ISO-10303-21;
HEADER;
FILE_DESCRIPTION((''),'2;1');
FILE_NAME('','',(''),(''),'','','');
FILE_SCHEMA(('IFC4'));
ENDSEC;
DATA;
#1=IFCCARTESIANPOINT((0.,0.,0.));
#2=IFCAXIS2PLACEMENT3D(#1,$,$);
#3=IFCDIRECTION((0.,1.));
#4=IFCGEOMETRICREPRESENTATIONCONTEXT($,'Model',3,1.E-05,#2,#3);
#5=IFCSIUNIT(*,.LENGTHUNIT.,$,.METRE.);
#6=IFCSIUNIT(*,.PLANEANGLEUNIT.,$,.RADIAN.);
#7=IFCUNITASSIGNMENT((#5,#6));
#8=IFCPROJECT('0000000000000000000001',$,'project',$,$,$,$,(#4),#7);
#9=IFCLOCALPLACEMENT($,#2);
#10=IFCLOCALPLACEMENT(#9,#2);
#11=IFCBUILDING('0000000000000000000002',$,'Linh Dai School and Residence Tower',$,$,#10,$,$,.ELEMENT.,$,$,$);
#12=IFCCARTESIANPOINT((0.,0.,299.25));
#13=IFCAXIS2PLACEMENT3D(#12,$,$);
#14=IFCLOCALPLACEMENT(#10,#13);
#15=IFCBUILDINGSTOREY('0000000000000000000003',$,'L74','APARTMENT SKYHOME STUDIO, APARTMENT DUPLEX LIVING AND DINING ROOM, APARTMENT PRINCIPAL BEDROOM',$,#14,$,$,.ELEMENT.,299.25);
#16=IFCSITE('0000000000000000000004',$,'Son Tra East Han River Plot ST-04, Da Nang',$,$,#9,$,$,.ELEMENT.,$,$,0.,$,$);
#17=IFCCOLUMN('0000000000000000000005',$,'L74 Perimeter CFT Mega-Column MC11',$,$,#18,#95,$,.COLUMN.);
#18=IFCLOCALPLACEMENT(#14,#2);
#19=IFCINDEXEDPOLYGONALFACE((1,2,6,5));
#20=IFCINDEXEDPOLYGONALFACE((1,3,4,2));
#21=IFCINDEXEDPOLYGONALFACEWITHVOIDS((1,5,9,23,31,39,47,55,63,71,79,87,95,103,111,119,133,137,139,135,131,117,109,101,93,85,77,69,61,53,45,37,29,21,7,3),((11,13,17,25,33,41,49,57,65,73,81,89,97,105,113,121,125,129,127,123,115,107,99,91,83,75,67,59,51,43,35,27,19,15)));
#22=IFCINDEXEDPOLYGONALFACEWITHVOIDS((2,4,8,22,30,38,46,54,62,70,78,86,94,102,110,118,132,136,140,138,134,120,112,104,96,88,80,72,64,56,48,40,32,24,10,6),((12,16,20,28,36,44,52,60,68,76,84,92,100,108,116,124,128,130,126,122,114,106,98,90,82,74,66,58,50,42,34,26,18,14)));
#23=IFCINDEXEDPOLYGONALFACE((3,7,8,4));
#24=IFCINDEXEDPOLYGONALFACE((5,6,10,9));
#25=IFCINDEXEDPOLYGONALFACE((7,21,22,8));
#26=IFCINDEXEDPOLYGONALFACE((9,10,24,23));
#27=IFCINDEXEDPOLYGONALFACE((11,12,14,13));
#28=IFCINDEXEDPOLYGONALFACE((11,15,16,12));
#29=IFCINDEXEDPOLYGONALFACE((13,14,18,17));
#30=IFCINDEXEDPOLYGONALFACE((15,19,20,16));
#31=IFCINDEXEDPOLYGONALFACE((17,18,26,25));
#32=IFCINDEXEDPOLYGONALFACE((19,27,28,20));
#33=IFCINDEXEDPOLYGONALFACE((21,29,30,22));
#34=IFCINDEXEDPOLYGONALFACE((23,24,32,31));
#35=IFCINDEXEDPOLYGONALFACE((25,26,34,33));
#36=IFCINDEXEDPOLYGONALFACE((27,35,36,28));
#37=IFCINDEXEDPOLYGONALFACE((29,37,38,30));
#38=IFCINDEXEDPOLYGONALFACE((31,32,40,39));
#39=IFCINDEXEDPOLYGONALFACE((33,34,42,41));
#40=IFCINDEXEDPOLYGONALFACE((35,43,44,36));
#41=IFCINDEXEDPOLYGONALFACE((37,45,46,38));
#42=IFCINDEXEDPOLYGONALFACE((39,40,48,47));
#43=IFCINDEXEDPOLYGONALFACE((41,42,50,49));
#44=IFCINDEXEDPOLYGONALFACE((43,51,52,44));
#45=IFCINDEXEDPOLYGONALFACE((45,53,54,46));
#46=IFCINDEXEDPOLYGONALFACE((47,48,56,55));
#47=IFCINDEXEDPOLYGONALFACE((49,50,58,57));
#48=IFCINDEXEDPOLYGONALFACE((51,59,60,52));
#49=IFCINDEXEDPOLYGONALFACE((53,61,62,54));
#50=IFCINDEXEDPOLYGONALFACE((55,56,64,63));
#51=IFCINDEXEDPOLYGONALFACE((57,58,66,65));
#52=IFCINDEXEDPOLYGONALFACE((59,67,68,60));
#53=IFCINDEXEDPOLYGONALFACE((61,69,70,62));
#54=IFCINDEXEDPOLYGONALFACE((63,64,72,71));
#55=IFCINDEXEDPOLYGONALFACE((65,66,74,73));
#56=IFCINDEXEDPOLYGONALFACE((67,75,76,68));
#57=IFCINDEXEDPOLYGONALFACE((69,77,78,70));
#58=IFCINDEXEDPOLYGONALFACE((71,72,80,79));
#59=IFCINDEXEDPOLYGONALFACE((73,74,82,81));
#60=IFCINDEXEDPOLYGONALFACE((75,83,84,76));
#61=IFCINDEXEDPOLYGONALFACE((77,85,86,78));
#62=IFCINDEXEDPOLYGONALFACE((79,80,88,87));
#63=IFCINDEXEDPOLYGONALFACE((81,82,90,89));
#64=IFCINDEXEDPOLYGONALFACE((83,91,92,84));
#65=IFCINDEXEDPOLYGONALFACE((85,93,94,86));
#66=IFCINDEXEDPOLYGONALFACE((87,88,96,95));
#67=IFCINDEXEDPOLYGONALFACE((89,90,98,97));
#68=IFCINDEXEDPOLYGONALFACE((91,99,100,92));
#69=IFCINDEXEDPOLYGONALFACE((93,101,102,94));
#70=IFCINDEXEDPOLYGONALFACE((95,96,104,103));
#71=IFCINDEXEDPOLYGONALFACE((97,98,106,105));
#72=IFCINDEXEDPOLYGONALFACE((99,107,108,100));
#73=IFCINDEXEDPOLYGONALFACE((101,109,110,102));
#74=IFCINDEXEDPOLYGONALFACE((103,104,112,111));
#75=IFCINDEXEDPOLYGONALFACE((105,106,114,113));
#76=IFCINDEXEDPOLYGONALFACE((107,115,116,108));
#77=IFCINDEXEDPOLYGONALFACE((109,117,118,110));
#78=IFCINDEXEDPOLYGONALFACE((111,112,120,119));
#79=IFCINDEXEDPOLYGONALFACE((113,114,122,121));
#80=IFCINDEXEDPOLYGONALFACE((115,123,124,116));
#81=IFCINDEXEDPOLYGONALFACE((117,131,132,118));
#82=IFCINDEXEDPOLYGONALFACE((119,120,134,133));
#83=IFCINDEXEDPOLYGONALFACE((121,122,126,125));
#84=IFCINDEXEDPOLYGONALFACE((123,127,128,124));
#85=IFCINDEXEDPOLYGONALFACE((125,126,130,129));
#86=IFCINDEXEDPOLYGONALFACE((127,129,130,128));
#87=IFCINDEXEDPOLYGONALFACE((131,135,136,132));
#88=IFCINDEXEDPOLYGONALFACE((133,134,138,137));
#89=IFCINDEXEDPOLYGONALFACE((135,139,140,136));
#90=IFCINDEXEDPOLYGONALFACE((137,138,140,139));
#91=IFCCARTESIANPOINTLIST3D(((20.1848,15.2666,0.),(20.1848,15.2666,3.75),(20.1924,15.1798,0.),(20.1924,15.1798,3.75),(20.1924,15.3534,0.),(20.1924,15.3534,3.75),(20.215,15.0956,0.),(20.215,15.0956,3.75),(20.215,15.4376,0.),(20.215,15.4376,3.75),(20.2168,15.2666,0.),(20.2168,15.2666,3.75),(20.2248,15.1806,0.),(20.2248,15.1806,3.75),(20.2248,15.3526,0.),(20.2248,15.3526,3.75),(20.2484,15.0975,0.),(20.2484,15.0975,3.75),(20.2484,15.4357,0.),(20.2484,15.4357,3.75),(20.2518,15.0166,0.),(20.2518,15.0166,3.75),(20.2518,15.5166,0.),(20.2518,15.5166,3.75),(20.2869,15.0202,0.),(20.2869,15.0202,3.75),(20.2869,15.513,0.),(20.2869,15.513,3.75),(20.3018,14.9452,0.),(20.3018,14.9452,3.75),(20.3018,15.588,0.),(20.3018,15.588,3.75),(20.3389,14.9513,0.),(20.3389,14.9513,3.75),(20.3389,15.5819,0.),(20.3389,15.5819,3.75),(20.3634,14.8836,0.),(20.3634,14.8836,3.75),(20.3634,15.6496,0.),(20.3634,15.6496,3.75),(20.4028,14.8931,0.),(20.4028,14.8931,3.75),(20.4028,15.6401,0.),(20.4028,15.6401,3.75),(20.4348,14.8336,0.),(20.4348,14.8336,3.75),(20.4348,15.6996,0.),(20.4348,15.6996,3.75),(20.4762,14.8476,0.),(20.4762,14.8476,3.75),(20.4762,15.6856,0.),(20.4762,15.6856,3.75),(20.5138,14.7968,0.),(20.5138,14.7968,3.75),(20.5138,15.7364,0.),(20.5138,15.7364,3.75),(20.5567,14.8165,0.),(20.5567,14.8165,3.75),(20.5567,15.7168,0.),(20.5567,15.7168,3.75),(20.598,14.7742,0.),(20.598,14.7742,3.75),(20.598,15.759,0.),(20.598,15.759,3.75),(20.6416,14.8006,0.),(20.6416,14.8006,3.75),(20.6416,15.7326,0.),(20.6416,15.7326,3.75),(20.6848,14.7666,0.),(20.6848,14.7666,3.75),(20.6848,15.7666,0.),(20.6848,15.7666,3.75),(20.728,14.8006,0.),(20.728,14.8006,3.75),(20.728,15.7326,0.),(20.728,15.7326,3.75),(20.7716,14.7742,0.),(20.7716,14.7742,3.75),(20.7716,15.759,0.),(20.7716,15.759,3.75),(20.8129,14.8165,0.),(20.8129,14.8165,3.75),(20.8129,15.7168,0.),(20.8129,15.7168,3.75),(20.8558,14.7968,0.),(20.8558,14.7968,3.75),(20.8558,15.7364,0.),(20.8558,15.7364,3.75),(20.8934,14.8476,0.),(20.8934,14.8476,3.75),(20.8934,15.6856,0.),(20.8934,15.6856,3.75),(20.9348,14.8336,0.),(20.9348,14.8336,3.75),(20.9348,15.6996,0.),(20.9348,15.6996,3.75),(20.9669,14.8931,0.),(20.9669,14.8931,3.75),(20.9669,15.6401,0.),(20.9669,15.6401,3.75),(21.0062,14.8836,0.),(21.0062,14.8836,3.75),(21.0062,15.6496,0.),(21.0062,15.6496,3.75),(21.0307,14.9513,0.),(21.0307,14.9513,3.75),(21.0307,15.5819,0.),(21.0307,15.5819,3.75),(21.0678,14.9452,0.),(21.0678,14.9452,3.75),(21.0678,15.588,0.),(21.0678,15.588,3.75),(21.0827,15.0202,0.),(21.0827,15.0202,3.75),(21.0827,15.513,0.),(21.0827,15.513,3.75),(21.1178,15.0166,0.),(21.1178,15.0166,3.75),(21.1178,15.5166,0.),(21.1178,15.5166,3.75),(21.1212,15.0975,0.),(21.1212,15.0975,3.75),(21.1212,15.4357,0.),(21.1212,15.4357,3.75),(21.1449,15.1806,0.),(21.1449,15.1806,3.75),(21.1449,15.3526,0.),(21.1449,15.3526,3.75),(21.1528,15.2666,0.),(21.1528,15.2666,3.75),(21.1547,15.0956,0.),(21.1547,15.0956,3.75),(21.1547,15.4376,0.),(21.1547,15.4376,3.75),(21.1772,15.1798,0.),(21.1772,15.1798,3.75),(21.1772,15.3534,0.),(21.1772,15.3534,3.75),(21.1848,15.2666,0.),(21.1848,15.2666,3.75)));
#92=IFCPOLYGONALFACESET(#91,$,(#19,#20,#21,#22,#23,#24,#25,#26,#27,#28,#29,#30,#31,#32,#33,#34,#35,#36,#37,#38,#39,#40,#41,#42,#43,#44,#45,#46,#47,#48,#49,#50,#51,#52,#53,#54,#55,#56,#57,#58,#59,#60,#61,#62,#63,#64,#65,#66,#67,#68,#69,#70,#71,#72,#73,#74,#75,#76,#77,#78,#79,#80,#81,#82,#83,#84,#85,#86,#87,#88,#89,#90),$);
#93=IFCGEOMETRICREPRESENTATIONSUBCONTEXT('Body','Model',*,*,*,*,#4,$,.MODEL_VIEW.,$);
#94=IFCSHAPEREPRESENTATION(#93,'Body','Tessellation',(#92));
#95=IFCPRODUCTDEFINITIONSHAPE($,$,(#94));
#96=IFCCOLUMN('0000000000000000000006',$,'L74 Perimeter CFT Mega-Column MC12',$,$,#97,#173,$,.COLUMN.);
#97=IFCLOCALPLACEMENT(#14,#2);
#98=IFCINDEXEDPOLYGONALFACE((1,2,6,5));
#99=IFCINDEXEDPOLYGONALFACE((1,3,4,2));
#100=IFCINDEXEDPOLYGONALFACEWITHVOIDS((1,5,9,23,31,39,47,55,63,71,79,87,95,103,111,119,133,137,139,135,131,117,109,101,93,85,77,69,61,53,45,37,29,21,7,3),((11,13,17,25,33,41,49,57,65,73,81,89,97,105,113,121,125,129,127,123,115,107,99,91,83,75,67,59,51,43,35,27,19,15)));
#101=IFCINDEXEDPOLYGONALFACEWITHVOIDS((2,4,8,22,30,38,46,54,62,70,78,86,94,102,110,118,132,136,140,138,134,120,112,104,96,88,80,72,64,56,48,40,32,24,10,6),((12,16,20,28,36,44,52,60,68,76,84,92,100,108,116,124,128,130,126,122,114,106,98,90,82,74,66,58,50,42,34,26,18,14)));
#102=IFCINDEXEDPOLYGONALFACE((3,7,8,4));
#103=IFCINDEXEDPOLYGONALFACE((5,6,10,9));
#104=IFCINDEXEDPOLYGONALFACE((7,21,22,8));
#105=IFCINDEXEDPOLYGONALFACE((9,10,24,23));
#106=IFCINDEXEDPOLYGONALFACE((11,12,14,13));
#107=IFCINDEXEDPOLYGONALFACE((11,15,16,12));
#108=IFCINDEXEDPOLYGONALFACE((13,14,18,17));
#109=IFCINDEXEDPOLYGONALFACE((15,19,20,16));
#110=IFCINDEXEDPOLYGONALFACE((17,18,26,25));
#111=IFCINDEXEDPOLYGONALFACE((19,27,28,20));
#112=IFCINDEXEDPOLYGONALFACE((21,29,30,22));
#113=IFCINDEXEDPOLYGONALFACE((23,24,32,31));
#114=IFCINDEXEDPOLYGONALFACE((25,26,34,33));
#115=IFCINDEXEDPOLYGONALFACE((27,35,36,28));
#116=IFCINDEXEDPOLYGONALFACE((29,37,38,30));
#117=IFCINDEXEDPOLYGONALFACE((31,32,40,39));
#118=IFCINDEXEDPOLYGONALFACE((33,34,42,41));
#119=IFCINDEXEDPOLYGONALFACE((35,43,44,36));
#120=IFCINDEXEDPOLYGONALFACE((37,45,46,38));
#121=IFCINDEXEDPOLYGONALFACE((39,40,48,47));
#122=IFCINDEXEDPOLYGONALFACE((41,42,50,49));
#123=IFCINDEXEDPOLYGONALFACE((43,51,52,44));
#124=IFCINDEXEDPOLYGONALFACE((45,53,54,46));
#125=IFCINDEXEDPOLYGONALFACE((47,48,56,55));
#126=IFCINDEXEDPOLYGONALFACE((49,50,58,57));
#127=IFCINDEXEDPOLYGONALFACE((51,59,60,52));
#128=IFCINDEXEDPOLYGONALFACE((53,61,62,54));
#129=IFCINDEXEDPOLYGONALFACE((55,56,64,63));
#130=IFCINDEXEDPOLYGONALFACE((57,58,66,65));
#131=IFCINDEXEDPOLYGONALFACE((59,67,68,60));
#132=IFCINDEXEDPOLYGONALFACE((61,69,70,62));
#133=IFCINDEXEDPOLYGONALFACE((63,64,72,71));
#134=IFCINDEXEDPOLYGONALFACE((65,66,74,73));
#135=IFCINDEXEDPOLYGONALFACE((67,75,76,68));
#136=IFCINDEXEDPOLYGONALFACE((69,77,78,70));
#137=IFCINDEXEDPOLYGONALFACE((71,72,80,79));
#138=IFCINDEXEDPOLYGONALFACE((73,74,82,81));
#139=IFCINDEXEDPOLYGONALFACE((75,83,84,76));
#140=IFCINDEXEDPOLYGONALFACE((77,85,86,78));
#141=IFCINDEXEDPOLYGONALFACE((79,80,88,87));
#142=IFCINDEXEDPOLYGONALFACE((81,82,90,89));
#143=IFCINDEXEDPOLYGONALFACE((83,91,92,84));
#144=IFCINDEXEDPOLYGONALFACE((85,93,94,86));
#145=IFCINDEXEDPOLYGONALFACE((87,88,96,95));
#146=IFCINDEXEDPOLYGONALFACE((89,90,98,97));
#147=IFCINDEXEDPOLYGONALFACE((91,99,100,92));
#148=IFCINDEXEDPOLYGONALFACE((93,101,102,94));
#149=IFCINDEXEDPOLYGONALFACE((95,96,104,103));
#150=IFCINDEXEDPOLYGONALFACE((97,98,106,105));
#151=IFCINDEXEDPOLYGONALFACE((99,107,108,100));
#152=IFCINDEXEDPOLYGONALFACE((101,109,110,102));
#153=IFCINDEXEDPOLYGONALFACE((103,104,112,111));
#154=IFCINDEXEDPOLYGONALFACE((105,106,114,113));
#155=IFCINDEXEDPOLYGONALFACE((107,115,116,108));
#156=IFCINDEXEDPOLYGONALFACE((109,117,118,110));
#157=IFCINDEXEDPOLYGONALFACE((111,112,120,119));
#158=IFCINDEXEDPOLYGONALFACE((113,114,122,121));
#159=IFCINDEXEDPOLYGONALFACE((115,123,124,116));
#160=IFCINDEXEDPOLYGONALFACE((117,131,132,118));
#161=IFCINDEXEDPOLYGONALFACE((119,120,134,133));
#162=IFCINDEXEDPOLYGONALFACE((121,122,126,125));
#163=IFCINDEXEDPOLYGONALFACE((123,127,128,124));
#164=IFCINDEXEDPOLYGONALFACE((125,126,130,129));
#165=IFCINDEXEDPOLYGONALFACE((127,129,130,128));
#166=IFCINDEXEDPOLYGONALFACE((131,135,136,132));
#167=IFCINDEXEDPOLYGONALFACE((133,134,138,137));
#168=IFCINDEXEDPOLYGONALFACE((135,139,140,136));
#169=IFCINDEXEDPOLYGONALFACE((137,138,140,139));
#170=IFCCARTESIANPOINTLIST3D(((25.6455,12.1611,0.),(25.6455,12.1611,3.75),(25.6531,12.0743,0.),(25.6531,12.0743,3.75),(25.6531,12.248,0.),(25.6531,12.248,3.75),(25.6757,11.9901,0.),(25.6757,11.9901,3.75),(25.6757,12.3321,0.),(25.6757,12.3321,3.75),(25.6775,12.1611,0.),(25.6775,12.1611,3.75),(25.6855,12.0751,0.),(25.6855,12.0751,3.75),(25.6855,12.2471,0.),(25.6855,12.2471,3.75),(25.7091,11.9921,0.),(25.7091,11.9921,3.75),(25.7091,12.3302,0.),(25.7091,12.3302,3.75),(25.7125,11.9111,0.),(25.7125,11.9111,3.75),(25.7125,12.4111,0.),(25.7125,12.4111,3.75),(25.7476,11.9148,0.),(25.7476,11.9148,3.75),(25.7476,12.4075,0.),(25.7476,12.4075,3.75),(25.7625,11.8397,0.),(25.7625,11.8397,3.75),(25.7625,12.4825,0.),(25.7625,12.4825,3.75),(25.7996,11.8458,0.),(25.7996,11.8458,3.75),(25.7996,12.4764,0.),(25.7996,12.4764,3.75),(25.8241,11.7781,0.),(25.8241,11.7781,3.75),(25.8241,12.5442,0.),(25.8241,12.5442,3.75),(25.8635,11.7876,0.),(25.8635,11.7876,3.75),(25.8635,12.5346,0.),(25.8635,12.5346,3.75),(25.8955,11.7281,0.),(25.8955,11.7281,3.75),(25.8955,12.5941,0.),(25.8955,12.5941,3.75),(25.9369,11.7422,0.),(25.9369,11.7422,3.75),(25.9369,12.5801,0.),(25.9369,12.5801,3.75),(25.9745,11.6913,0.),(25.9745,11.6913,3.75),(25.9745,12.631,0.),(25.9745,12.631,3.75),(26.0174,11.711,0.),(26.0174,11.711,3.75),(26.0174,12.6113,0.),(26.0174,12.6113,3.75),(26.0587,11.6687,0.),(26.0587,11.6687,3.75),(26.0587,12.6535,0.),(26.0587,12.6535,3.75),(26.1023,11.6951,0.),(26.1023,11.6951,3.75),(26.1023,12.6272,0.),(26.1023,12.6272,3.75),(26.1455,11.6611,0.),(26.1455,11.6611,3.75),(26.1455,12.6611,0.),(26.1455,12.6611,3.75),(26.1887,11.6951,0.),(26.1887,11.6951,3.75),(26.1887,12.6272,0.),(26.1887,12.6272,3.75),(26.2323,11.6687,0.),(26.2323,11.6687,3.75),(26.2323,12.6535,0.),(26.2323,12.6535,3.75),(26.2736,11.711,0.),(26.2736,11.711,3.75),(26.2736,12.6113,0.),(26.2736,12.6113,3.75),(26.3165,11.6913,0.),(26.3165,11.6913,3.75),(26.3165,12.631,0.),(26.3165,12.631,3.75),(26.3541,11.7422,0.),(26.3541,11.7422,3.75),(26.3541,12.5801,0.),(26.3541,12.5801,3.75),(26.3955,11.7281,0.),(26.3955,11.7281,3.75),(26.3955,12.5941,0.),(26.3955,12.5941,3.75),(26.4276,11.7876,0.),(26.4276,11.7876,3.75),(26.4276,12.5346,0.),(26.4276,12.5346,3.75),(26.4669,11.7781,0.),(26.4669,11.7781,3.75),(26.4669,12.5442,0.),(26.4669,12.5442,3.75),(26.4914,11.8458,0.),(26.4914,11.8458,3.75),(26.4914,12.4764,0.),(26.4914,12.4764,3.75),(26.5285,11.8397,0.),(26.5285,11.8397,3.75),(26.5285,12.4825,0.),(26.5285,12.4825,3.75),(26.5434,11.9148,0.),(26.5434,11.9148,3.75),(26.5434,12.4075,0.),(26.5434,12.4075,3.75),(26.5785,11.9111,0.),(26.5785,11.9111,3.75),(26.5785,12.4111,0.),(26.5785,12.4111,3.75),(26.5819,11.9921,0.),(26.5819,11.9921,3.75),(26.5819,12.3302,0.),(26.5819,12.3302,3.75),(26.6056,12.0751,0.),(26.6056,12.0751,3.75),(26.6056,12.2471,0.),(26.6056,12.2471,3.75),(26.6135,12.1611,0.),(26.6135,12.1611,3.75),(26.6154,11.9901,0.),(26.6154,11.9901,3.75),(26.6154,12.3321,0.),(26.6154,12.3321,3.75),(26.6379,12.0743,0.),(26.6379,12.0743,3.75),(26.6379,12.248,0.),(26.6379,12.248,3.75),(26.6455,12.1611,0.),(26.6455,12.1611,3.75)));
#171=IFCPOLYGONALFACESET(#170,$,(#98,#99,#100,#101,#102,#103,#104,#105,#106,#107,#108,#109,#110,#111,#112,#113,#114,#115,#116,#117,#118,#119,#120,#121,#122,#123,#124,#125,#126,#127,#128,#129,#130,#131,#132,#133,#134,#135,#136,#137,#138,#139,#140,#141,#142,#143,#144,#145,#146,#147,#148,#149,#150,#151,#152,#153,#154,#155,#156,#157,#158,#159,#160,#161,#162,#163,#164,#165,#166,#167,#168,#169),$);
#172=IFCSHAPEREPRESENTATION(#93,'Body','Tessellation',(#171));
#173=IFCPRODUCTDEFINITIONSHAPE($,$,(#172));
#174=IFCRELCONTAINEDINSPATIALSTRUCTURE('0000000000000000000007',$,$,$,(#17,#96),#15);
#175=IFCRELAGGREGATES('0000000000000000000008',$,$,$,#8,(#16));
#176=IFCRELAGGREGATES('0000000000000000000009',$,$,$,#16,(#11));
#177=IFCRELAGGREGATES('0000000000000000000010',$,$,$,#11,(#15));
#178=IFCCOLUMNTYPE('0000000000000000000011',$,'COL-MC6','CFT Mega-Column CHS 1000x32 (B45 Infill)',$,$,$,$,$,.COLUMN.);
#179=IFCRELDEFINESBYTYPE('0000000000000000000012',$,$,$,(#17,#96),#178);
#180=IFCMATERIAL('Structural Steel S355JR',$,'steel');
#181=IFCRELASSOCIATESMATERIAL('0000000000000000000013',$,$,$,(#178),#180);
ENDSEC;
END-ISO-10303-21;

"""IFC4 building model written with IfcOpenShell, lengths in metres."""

from ifc_helpers import new_model, si_unit, direction, frame, origin, origin_2d, place, context, subcontext, project, spatial, hollow_circle, extrude, material, material_profile, profile_set, type_object, element, save


model = new_model("IFC4")

# Units and contexts
model_context = context("Model", 3, precision=1e-05, world=origin(), true_north=direction((0.0, 1.0)))
body_context = subcontext(model_context, "Body", "Model", "MODEL_VIEW")
ifc_project = project(units=[si_unit("LENGTHUNIT", "METRE"), si_unit("PLANEANGLEUNIT", "RADIAN")], contexts=[model_context])

# Site, building, storey
site_placement = place(None, origin())
site = spatial("IfcSite", under=ifc_project, at=site_placement, Name="Son Tra East Han River Plot ST-04, Da Nang", CompositionType="ELEMENT", RefElevation=0.0)
building_placement = place(site_placement, origin())
building = spatial("IfcBuilding", under=site, at=building_placement, Name="Linh Dai School and Residence Tower", CompositionType="ELEMENT")
storey_placement = place(building_placement, frame((0.0, 0.0, 299.25)))
storey = spatial("IfcBuildingStorey", under=building, at=storey_placement, Name="L74", Description="APARTMENT SKYHOME STUDIO, APARTMENT DUPLEX LIVING AND DINING ROOM, APARTMENT PRINCIPAL BEDROOM", CompositionType="ELEMENT", Elevation=299.25)

# Columns
ifc_material_1 = material(Name="Structural Steel S355JR", Category="steel")
ifc_material_profile_1 = material_profile(ifc_material_1, hollow_circle(Radius=0.5, WallThickness=0.032, at=origin_2d()), Name="CHS 1000x32")
ifc_profile_set_1 = profile_set([ifc_material_profile_1], Name="Structural Steel S355JR")
column_type = type_object("IfcColumnType", Name="COL-MC6", Description="CFT Mega-Column CHS 1000x32 (B45 Infill)", PredefinedType="COLUMN", material=ifc_profile_set_1)
for number, where, z_axis, x_axis, name in (
    (1, (20.6848, 15.2666, 0.0), (0.0, 0.0, 1.0), (1.0, 0.0, 0.0), "L74 Perimeter CFT Mega-Column MC11"),
    (2, (26.1455, 12.1611, 0.0), (0.0, 0.0, 1.0), (1.0, 0.0, 0.0), "L74 Perimeter CFT Mega-Column MC12"),
):
    element("IfcColumn", number, at=place(storey_placement, frame(where, z_axis=z_axis, x_axis=x_axis)), inside=storey, type_object=column_type, Name=name, PredefinedType="COLUMN", context=body_context, shape_type="SweptSolid", body=[
        extrude(hollow_circle(Radius=0.5, WallThickness=0.032, at=origin_2d()), origin(), (0.0, 0.0, 1.0), 3.75),
    ])

save(model, "model.ifc")
